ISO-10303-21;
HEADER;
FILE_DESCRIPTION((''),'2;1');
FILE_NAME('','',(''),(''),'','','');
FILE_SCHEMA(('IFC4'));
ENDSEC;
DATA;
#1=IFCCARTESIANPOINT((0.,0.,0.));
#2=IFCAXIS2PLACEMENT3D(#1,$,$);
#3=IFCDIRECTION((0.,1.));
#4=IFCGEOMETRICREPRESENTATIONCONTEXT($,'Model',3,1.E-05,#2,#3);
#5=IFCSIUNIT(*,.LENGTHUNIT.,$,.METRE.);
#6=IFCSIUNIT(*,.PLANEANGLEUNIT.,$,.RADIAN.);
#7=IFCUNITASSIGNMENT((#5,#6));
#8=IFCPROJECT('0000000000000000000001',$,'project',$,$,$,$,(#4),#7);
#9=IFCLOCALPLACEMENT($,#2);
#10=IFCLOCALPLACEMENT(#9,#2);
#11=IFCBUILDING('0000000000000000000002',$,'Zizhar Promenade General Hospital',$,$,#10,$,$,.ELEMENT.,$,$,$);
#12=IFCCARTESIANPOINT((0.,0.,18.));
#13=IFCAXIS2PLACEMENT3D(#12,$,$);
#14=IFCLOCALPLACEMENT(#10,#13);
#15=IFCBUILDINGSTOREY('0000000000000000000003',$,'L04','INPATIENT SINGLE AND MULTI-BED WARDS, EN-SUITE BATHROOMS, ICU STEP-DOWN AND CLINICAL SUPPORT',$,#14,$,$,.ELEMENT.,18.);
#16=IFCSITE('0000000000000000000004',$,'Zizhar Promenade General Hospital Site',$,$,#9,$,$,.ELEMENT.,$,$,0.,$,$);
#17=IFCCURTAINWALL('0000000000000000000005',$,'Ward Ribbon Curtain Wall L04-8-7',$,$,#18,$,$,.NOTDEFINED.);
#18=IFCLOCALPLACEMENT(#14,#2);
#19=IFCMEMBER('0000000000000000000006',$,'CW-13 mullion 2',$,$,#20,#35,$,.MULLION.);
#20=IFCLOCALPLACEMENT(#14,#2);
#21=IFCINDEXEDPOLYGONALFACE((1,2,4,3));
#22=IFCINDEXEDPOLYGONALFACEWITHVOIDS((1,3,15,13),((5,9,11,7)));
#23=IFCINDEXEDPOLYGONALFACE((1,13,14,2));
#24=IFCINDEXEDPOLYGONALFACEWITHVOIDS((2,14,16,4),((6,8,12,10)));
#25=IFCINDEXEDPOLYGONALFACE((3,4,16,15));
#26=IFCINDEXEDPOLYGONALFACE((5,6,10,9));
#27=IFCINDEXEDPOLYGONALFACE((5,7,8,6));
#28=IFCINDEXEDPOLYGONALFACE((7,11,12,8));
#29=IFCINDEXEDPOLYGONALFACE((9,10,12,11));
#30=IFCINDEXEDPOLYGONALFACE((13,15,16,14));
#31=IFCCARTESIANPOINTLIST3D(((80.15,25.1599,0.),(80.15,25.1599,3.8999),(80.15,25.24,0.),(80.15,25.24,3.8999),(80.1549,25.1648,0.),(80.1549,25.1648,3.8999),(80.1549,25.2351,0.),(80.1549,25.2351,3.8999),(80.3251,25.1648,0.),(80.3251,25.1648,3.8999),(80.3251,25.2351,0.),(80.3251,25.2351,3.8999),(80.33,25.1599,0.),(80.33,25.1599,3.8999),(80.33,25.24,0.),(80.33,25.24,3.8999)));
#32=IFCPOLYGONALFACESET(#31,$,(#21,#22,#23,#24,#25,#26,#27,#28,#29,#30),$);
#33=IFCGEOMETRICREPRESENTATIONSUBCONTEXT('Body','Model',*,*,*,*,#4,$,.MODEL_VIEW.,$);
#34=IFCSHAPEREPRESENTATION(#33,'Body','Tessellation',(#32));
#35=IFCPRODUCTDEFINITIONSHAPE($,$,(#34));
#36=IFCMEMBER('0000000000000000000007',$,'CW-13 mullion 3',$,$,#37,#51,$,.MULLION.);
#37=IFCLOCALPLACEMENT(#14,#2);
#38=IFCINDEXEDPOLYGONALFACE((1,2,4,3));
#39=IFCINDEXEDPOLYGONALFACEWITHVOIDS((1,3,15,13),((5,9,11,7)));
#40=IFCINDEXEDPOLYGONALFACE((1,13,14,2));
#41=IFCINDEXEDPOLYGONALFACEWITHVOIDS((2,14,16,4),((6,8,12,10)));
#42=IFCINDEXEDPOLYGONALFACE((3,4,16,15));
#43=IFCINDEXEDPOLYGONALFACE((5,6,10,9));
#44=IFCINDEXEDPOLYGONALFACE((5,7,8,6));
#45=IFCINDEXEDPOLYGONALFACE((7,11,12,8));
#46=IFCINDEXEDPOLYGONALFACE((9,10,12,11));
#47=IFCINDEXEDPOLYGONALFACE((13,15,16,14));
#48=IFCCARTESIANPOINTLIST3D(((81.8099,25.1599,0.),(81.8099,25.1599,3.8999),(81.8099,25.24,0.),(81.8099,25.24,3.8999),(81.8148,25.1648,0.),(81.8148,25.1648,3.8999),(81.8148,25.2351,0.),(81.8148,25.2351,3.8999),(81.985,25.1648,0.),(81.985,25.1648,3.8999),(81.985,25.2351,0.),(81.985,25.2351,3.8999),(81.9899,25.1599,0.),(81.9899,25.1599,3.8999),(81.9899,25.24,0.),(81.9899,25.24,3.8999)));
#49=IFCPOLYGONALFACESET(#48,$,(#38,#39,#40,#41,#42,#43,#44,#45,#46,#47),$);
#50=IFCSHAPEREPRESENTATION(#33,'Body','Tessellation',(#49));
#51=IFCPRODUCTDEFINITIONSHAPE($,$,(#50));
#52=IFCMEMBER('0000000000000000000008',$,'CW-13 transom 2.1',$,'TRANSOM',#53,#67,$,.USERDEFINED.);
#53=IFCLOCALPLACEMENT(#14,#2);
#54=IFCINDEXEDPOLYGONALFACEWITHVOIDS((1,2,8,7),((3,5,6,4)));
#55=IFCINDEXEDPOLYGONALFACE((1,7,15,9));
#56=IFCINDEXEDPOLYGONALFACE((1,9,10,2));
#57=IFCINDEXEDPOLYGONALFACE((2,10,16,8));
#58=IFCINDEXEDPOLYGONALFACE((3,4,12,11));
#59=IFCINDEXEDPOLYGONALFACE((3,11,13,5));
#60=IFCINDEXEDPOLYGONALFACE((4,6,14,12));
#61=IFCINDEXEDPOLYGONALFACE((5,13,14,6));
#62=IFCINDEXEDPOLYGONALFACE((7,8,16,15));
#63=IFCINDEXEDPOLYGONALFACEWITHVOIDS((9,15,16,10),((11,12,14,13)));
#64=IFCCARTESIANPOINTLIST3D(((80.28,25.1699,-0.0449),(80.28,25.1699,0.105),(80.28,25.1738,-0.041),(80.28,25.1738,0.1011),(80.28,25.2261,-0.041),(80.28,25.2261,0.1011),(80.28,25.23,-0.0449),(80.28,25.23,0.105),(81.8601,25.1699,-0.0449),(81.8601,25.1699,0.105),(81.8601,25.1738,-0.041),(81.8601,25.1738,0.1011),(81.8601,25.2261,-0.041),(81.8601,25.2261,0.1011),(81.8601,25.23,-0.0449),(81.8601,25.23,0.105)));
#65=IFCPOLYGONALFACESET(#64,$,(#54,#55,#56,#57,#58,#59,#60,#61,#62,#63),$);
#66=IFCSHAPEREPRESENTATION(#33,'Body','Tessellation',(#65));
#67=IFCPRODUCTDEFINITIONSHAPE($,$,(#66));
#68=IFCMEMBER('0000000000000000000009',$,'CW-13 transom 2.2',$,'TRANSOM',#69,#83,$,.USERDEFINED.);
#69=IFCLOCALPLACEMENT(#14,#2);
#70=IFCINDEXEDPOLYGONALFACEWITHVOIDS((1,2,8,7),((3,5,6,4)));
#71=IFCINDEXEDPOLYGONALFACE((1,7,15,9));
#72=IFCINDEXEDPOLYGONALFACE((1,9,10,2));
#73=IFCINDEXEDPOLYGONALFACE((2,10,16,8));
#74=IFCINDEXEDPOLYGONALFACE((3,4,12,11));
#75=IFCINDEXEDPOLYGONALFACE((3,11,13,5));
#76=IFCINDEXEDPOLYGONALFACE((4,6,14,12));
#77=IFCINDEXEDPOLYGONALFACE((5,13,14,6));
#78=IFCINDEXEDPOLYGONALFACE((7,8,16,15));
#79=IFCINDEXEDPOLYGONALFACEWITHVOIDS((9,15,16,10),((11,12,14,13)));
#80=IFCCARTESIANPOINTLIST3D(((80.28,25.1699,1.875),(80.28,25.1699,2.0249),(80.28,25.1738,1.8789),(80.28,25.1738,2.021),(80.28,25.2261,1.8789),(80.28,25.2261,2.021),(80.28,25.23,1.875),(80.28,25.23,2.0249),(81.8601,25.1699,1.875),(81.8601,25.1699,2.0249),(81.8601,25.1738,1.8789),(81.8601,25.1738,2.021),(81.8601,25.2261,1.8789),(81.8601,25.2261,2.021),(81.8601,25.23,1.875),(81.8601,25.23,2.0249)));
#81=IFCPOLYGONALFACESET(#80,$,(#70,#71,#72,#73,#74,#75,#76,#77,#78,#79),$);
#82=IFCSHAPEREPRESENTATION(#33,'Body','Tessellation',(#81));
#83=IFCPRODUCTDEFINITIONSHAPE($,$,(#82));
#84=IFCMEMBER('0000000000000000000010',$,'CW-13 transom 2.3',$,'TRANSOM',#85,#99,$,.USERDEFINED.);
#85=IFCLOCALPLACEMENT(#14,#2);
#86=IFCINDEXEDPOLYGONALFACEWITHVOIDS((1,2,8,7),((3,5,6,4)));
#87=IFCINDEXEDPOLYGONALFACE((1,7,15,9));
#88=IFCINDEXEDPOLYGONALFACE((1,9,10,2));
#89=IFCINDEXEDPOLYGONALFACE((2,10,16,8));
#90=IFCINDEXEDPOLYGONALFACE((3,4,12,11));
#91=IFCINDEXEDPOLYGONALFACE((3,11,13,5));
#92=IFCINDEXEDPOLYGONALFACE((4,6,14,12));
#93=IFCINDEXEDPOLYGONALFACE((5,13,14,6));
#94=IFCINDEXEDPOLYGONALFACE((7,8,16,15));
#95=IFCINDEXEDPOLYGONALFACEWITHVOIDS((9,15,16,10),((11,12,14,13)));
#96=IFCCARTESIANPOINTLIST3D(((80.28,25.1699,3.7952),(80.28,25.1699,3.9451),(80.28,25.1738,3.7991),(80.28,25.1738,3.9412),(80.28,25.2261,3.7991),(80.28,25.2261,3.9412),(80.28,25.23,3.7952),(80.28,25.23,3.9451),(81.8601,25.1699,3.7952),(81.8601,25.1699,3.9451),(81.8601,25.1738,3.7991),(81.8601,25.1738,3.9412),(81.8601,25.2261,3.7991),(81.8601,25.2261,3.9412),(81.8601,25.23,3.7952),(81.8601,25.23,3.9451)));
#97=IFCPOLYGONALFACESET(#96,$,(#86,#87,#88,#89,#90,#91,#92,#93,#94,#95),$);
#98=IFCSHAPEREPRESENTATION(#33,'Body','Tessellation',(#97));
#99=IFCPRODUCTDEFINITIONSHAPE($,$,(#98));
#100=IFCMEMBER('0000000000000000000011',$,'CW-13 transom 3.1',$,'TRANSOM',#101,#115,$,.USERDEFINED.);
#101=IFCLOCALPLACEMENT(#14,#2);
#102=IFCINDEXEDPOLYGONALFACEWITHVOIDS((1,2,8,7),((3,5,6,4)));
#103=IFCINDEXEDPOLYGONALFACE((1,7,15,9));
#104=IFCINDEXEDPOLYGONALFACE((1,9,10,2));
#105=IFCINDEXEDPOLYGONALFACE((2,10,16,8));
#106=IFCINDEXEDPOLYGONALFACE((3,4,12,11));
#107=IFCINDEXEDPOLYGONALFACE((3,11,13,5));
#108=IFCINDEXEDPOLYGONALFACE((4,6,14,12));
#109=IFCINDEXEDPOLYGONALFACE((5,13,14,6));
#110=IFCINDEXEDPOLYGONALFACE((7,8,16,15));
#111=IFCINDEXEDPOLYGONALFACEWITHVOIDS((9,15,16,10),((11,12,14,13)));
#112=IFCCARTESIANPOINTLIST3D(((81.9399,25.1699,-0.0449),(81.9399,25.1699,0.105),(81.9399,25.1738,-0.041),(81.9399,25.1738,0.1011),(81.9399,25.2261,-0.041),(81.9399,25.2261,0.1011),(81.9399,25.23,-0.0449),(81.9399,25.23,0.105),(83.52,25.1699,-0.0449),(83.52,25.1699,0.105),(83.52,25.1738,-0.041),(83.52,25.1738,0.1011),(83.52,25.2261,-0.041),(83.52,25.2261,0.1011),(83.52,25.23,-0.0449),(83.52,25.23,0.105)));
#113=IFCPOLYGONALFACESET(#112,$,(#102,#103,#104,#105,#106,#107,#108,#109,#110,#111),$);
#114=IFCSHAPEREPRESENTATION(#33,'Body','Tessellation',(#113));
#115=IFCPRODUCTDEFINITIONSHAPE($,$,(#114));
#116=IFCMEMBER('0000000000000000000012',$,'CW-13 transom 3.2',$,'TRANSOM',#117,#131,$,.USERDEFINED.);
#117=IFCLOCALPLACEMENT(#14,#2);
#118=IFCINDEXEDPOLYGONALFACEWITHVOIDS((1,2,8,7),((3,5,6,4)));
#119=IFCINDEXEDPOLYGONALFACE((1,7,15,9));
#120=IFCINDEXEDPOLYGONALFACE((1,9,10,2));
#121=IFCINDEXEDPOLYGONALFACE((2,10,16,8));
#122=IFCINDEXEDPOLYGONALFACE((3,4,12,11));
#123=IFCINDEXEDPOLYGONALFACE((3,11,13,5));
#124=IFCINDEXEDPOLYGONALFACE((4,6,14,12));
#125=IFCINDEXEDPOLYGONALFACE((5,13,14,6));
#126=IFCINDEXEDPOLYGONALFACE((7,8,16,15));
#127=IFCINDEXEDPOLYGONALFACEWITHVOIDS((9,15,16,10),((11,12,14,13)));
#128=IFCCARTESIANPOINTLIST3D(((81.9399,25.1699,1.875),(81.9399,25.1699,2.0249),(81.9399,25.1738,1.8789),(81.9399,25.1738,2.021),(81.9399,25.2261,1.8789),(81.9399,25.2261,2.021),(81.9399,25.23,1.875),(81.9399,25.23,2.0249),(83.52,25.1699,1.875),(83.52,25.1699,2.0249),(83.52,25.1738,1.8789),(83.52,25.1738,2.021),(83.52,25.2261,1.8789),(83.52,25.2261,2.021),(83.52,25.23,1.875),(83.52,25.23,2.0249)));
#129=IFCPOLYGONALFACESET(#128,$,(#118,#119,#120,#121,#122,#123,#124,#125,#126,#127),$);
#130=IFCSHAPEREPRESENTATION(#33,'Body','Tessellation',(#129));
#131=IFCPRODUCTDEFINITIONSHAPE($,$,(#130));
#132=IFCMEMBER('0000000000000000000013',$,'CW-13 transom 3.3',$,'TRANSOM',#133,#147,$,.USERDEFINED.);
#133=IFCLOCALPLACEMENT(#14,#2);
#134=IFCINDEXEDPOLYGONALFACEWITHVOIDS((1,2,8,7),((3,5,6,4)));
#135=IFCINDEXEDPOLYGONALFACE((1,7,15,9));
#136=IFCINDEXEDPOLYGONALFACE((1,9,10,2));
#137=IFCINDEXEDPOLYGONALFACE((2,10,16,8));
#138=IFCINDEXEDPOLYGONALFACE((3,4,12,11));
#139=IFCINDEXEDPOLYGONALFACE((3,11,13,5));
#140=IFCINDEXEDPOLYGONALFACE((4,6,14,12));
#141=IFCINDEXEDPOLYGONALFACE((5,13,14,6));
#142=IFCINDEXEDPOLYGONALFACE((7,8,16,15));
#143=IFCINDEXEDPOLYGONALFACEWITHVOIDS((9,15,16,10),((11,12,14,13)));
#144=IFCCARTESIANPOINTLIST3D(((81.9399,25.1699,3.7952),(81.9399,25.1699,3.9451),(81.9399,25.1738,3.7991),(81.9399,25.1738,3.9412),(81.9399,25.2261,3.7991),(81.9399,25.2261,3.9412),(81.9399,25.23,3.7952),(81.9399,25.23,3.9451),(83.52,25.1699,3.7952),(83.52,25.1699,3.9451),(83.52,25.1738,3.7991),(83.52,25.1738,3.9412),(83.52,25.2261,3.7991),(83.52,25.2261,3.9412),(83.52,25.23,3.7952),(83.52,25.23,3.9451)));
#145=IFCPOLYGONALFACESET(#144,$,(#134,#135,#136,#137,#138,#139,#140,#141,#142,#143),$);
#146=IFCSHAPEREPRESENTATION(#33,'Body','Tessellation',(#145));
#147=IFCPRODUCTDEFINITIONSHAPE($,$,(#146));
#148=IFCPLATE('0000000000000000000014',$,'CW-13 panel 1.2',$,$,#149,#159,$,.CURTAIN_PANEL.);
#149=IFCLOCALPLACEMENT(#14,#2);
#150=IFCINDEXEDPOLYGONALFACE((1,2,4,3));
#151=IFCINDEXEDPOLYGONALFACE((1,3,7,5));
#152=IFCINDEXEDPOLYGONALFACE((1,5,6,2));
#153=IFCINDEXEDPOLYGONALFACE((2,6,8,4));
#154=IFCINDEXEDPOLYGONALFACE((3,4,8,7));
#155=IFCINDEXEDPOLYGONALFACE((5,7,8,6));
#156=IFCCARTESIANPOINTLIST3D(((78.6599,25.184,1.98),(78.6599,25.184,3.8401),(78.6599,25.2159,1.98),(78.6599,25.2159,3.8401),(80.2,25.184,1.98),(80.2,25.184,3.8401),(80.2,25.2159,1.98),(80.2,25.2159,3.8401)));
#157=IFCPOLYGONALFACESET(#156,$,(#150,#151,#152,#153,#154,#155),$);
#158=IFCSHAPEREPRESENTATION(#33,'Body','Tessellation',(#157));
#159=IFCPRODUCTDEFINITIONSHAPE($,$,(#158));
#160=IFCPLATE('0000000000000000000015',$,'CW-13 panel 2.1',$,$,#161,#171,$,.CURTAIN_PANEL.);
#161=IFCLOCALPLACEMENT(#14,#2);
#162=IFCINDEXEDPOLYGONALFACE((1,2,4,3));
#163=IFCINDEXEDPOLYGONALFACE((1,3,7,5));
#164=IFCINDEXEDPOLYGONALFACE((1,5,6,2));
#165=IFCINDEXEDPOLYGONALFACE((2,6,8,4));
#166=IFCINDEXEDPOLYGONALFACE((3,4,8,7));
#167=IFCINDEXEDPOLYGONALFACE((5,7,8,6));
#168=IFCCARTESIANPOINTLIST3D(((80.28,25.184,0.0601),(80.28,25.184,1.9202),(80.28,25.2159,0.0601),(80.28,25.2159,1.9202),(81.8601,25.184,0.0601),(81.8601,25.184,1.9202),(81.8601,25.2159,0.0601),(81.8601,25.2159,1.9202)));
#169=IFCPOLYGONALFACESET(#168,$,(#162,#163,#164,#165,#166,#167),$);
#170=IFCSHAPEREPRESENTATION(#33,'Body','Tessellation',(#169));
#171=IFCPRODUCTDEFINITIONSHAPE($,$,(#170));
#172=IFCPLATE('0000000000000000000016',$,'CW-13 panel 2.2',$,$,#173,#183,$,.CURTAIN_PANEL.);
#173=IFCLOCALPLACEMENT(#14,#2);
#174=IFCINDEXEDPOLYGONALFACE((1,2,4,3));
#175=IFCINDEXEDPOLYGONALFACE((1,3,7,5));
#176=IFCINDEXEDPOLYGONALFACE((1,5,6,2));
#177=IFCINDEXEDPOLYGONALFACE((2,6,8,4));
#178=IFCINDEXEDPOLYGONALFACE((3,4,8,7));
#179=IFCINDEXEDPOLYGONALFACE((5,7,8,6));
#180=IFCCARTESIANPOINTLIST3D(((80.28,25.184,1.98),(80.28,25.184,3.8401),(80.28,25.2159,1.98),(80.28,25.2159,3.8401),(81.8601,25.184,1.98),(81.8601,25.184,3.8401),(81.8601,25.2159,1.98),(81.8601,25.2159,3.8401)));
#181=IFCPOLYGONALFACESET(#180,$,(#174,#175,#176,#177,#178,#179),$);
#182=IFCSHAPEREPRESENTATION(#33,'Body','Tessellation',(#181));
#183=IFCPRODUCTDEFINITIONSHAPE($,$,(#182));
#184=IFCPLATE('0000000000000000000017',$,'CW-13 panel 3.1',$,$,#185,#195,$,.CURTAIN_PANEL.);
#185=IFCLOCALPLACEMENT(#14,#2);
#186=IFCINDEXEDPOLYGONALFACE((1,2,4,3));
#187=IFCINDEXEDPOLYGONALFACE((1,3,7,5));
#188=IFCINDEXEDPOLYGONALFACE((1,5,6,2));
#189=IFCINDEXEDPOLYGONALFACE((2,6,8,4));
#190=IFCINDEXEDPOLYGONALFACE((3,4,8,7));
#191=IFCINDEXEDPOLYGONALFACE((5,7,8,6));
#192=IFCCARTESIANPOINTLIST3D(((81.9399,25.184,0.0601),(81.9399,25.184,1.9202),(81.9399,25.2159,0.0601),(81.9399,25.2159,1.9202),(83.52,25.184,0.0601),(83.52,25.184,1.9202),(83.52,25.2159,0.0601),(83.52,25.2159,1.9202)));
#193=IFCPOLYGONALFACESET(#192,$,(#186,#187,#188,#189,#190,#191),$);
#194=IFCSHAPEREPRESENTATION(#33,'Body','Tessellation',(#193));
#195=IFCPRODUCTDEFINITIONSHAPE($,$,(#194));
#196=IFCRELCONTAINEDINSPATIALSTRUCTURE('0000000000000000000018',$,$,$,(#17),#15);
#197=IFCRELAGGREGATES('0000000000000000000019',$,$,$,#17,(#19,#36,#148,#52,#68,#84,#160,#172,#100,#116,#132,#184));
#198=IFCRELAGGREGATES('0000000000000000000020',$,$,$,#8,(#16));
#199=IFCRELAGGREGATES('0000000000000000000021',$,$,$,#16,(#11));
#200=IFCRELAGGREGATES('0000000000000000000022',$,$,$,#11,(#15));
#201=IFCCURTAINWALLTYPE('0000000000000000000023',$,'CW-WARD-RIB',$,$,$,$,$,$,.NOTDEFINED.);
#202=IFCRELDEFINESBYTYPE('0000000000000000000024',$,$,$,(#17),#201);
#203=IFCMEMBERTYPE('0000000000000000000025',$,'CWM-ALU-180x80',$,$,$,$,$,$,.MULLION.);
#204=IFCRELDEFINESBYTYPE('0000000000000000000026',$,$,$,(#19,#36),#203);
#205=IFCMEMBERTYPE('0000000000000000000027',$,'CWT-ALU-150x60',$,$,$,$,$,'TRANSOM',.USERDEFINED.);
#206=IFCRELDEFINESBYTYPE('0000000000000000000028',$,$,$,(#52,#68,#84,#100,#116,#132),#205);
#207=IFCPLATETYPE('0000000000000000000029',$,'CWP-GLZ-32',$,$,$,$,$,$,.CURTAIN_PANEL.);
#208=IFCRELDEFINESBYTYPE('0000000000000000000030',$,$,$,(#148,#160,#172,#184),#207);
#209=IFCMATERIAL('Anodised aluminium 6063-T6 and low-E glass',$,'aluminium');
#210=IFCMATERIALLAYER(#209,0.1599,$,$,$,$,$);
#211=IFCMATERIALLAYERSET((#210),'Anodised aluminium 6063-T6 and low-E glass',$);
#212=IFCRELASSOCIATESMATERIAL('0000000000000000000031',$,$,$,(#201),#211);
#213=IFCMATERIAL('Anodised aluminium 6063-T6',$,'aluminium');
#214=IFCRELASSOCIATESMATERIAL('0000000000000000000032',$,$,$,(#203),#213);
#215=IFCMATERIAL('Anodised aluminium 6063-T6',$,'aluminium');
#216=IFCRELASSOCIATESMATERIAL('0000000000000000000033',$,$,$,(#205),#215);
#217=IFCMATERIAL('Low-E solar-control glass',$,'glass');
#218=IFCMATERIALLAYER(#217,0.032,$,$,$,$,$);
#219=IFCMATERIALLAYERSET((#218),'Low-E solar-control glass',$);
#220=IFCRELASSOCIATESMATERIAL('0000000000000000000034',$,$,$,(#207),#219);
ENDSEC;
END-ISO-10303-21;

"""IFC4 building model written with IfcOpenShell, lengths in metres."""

from ifc_helpers import new_model, si_unit, direction, frame, origin, origin_2d, place, context, subcontext, project, spatial, rectangle, hollow_rectangle, extrude, material, layer, layer_set, material_profile, profile_set, type_object, element, aggregate, save


model = new_model("IFC4")

# Units and contexts
model_context = context("Model", 3, precision=1e-05, world=origin(), true_north=direction((0.0, 1.0)))
body_context = subcontext(model_context, "Body", "Model", "MODEL_VIEW")
ifc_project = project(units=[si_unit("LENGTHUNIT", "METRE"), si_unit("PLANEANGLEUNIT", "RADIAN")], contexts=[model_context])

# Site, building, storey
site_placement = place(None, origin())
site = spatial("IfcSite", under=ifc_project, at=site_placement, Name="Zizhar Promenade General Hospital Site", CompositionType="ELEMENT", RefElevation=0.0)
building_placement = place(site_placement, origin())
building = spatial("IfcBuilding", under=site, at=building_placement, Name="Zizhar Promenade General Hospital", CompositionType="ELEMENT")
storey_placement = place(building_placement, frame((0.0, 0.0, 18.0)))
storey = spatial("IfcBuildingStorey", under=building, at=storey_placement, Name="L04", Description="INPATIENT SINGLE AND MULTI-BED WARDS, EN-SUITE BATHROOMS, ICU STEP-DOWN AND CLINICAL SUPPORT", CompositionType="ELEMENT", Elevation=18.0)

# Curtain wall, members, plates
ifc_material_1 = material(Name="Anodised aluminium 6063-T6 and low-E glass", Category="aluminium")
ifc_layer_1 = layer(ifc_material_1, 0.1599)
ifc_layer_set_1 = layer_set([ifc_layer_1], Name="Anodised aluminium 6063-T6 and low-E glass")
curtain_wall_type = type_object("IfcCurtainWallType", Name="CW-WARD-RIB", PredefinedType="NOTDEFINED", material=ifc_layer_set_1)
curtain_wall_placement = place(storey_placement, origin())
curtain_wall = element("IfcCurtainWall", 1, at=curtain_wall_placement, inside=storey, type_object=curtain_wall_type, Name="Ward Ribbon Curtain Wall L04-8-7", PredefinedType="NOTDEFINED")
ifc_material_2 = material(Name="Anodised aluminium 6063-T6", Category="aluminium")
ifc_material_profile_1 = material_profile(ifc_material_2, hollow_rectangle(XDim=0.0801, YDim=0.1799, WallThickness=0.0049, at=origin_2d()))
ifc_profile_set_1 = profile_set([ifc_material_profile_1], Name="Anodised aluminium 6063-T6")
member_type_1 = type_object("IfcMemberType", Name="CWM-ALU-180x80", PredefinedType="MULLION", material=ifc_profile_set_1)
member_1_placement = place(storey_placement, frame((80.24, 25.2, 0.0), z_axis=(0.0, 0.0, 1.0), x_axis=(0.0, 1.0, 0.0)))
member_1 = element("IfcMember", 2, at=member_1_placement, type_object=member_type_1, Name="CW-13 mullion 2", PredefinedType="MULLION", context=body_context, shape_type="SweptSolid", body=[
    extrude(hollow_rectangle(XDim=0.0801, YDim=0.1799, WallThickness=0.0049, at=origin_2d()), origin(), (0.0, 0.0, 1.0), 3.8999),
])
member_2_placement = place(storey_placement, frame((81.8999, 25.2, 0.0), z_axis=(0.0, 0.0, 1.0), x_axis=(0.0, 1.0, 0.0)))
member_2 = element("IfcMember", 3, at=member_2_placement, type_object=member_type_1, Name="CW-13 mullion 3", PredefinedType="MULLION", context=body_context, shape_type="SweptSolid", body=[
    extrude(hollow_rectangle(XDim=0.0801, YDim=0.1799, WallThickness=0.0049, at=origin_2d()), origin(), (0.0, 0.0, 1.0), 3.8999),
])
ifc_material_3 = material(Name="Anodised aluminium 6063-T6", Category="aluminium")
ifc_material_profile_2 = material_profile(ifc_material_3, hollow_rectangle(XDim=0.0601, YDim=0.1499, WallThickness=0.0039, at=origin_2d()))
ifc_profile_set_2 = profile_set([ifc_material_profile_2], Name="Anodised aluminium 6063-T6")
member_type_2 = type_object("IfcMemberType", Name="CWT-ALU-150x60", ElementType="TRANSOM", PredefinedType="USERDEFINED", material=ifc_profile_set_2)
member_3_placement = place(storey_placement, frame((80.28, 25.2, 0.03), z_axis=(1.0, 0.0, 0.0), x_axis=(0.0, 1.0, 0.0)))
member_3 = element("IfcMember", 4, at=member_3_placement, type_object=member_type_2, Name="CW-13 transom 2.1", ObjectType="TRANSOM", PredefinedType="USERDEFINED", context=body_context, shape_type="SweptSolid", body=[
    extrude(hollow_rectangle(XDim=0.0601, YDim=0.1499, WallThickness=0.0039, at=origin_2d()), origin(), (0.0, 0.0, 1.0), 1.5801),
])
member_4_placement = place(storey_placement, frame((80.28, 25.2, 1.95), z_axis=(1.0, 0.0, 0.0), x_axis=(0.0, 1.0, 0.0)))
member_4 = element("IfcMember", 5, at=member_4_placement, type_object=member_type_2, Name="CW-13 transom 2.2", ObjectType="TRANSOM", PredefinedType="USERDEFINED", context=body_context, shape_type="SweptSolid", body=[
    extrude(hollow_rectangle(XDim=0.0601, YDim=0.1499, WallThickness=0.0039, at=origin_2d()), origin(), (0.0, 0.0, 1.0), 1.5801),
])
member_5_placement = place(storey_placement, frame((80.28, 25.2, 3.8701), z_axis=(1.0, 0.0, 0.0), x_axis=(0.0, 1.0, 0.0)))
member_5 = element("IfcMember", 6, at=member_5_placement, type_object=member_type_2, Name="CW-13 transom 2.3", ObjectType="TRANSOM", PredefinedType="USERDEFINED", context=body_context, shape_type="SweptSolid", body=[
    extrude(hollow_rectangle(XDim=0.0601, YDim=0.1499, WallThickness=0.0039, at=origin_2d()), origin(), (0.0, 0.0, 1.0), 1.5801),
])
member_6_placement = place(storey_placement, frame((81.9399, 25.2, 0.03), z_axis=(1.0, 0.0, 0.0), x_axis=(0.0, 1.0, 0.0)))
member_6 = element("IfcMember", 7, at=member_6_placement, type_object=member_type_2, Name="CW-13 transom 3.1", ObjectType="TRANSOM", PredefinedType="USERDEFINED", context=body_context, shape_type="SweptSolid", body=[
    extrude(hollow_rectangle(XDim=0.0601, YDim=0.1499, WallThickness=0.0039, at=origin_2d()), origin(), (0.0, 0.0, 1.0), 1.5801),
])
member_7_placement = place(storey_placement, frame((81.9399, 25.2, 1.95), z_axis=(1.0, 0.0, 0.0), x_axis=(0.0, 1.0, 0.0)))
member_7 = element("IfcMember", 8, at=member_7_placement, type_object=member_type_2, Name="CW-13 transom 3.2", ObjectType="TRANSOM", PredefinedType="USERDEFINED", context=body_context, shape_type="SweptSolid", body=[
    extrude(hollow_rectangle(XDim=0.0601, YDim=0.1499, WallThickness=0.0039, at=origin_2d()), origin(), (0.0, 0.0, 1.0), 1.5801),
])
member_8_placement = place(storey_placement, frame((81.9399, 25.2, 3.8701), z_axis=(1.0, 0.0, 0.0), x_axis=(0.0, 1.0, 0.0)))
member_8 = element("IfcMember", 9, at=member_8_placement, type_object=member_type_2, Name="CW-13 transom 3.3", ObjectType="TRANSOM", PredefinedType="USERDEFINED", context=body_context, shape_type="SweptSolid", body=[
    extrude(hollow_rectangle(XDim=0.0601, YDim=0.1499, WallThickness=0.0039, at=origin_2d()), origin(), (0.0, 0.0, 1.0), 1.5801),
])
ifc_material_4 = material(Name="Low-E solar-control glass", Category="glass")
ifc_layer_2 = layer(ifc_material_4, 0.032)
ifc_layer_set_2 = layer_set([ifc_layer_2], Name="Low-E solar-control glass")
plate_type = type_object("IfcPlateType", Name="CWP-GLZ-32", PredefinedType="CURTAIN_PANEL", material=ifc_layer_set_2)
plate_1_placement = place(storey_placement, frame((79.4299, 25.2, 1.98), z_axis=(0.0, 0.0, 1.0), x_axis=(1.0, 0.0, 0.0)))
plate_1 = element("IfcPlate", 10, at=plate_1_placement, type_object=plate_type, Name="CW-13 panel 1.2", PredefinedType="CURTAIN_PANEL", context=body_context, shape_type="SweptSolid", body=[
    extrude(rectangle(XDim=1.54, YDim=0.032, at=origin_2d()), origin(), (0.0, 0.0, 1.0), 1.8601),
])
plate_2_placement = place(storey_placement, frame((81.0701, 25.2, 0.0601), z_axis=(0.0, 0.0, 1.0), x_axis=(1.0, 0.0, 0.0)))
plate_2 = element("IfcPlate", 11, at=plate_2_placement, type_object=plate_type, Name="CW-13 panel 2.1", PredefinedType="CURTAIN_PANEL", context=body_context, shape_type="SweptSolid", body=[
    extrude(rectangle(XDim=1.5801, YDim=0.032, at=origin_2d()), origin(), (0.0, 0.0, 1.0), 1.8601),
])
plate_3_placement = place(storey_placement, frame((81.0701, 25.2, 1.98), z_axis=(0.0, 0.0, 1.0), x_axis=(1.0, 0.0, 0.0)))
plate_3 = element("IfcPlate", 12, at=plate_3_placement, type_object=plate_type, Name="CW-13 panel 2.2", PredefinedType="CURTAIN_PANEL", context=body_context, shape_type="SweptSolid", body=[
    extrude(rectangle(XDim=1.5801, YDim=0.032, at=origin_2d()), origin(), (0.0, 0.0, 1.0), 1.8601),
])
plate_4_placement = place(storey_placement, frame((82.73, 25.2, 0.0601), z_axis=(0.0, 0.0, 1.0), x_axis=(1.0, 0.0, 0.0)))
plate_4 = element("IfcPlate", 13, at=plate_4_placement, type_object=plate_type, Name="CW-13 panel 3.1", PredefinedType="CURTAIN_PANEL", context=body_context, shape_type="SweptSolid", body=[
    extrude(rectangle(XDim=1.5801, YDim=0.032, at=origin_2d()), origin(), (0.0, 0.0, 1.0), 1.8601),
])
aggregate(curtain_wall, [member_1, member_2, plate_1, member_3, member_4, member_5, plate_2, plate_3, member_6, member_7, member_8, plate_4])

save(model, "model.ifc")
